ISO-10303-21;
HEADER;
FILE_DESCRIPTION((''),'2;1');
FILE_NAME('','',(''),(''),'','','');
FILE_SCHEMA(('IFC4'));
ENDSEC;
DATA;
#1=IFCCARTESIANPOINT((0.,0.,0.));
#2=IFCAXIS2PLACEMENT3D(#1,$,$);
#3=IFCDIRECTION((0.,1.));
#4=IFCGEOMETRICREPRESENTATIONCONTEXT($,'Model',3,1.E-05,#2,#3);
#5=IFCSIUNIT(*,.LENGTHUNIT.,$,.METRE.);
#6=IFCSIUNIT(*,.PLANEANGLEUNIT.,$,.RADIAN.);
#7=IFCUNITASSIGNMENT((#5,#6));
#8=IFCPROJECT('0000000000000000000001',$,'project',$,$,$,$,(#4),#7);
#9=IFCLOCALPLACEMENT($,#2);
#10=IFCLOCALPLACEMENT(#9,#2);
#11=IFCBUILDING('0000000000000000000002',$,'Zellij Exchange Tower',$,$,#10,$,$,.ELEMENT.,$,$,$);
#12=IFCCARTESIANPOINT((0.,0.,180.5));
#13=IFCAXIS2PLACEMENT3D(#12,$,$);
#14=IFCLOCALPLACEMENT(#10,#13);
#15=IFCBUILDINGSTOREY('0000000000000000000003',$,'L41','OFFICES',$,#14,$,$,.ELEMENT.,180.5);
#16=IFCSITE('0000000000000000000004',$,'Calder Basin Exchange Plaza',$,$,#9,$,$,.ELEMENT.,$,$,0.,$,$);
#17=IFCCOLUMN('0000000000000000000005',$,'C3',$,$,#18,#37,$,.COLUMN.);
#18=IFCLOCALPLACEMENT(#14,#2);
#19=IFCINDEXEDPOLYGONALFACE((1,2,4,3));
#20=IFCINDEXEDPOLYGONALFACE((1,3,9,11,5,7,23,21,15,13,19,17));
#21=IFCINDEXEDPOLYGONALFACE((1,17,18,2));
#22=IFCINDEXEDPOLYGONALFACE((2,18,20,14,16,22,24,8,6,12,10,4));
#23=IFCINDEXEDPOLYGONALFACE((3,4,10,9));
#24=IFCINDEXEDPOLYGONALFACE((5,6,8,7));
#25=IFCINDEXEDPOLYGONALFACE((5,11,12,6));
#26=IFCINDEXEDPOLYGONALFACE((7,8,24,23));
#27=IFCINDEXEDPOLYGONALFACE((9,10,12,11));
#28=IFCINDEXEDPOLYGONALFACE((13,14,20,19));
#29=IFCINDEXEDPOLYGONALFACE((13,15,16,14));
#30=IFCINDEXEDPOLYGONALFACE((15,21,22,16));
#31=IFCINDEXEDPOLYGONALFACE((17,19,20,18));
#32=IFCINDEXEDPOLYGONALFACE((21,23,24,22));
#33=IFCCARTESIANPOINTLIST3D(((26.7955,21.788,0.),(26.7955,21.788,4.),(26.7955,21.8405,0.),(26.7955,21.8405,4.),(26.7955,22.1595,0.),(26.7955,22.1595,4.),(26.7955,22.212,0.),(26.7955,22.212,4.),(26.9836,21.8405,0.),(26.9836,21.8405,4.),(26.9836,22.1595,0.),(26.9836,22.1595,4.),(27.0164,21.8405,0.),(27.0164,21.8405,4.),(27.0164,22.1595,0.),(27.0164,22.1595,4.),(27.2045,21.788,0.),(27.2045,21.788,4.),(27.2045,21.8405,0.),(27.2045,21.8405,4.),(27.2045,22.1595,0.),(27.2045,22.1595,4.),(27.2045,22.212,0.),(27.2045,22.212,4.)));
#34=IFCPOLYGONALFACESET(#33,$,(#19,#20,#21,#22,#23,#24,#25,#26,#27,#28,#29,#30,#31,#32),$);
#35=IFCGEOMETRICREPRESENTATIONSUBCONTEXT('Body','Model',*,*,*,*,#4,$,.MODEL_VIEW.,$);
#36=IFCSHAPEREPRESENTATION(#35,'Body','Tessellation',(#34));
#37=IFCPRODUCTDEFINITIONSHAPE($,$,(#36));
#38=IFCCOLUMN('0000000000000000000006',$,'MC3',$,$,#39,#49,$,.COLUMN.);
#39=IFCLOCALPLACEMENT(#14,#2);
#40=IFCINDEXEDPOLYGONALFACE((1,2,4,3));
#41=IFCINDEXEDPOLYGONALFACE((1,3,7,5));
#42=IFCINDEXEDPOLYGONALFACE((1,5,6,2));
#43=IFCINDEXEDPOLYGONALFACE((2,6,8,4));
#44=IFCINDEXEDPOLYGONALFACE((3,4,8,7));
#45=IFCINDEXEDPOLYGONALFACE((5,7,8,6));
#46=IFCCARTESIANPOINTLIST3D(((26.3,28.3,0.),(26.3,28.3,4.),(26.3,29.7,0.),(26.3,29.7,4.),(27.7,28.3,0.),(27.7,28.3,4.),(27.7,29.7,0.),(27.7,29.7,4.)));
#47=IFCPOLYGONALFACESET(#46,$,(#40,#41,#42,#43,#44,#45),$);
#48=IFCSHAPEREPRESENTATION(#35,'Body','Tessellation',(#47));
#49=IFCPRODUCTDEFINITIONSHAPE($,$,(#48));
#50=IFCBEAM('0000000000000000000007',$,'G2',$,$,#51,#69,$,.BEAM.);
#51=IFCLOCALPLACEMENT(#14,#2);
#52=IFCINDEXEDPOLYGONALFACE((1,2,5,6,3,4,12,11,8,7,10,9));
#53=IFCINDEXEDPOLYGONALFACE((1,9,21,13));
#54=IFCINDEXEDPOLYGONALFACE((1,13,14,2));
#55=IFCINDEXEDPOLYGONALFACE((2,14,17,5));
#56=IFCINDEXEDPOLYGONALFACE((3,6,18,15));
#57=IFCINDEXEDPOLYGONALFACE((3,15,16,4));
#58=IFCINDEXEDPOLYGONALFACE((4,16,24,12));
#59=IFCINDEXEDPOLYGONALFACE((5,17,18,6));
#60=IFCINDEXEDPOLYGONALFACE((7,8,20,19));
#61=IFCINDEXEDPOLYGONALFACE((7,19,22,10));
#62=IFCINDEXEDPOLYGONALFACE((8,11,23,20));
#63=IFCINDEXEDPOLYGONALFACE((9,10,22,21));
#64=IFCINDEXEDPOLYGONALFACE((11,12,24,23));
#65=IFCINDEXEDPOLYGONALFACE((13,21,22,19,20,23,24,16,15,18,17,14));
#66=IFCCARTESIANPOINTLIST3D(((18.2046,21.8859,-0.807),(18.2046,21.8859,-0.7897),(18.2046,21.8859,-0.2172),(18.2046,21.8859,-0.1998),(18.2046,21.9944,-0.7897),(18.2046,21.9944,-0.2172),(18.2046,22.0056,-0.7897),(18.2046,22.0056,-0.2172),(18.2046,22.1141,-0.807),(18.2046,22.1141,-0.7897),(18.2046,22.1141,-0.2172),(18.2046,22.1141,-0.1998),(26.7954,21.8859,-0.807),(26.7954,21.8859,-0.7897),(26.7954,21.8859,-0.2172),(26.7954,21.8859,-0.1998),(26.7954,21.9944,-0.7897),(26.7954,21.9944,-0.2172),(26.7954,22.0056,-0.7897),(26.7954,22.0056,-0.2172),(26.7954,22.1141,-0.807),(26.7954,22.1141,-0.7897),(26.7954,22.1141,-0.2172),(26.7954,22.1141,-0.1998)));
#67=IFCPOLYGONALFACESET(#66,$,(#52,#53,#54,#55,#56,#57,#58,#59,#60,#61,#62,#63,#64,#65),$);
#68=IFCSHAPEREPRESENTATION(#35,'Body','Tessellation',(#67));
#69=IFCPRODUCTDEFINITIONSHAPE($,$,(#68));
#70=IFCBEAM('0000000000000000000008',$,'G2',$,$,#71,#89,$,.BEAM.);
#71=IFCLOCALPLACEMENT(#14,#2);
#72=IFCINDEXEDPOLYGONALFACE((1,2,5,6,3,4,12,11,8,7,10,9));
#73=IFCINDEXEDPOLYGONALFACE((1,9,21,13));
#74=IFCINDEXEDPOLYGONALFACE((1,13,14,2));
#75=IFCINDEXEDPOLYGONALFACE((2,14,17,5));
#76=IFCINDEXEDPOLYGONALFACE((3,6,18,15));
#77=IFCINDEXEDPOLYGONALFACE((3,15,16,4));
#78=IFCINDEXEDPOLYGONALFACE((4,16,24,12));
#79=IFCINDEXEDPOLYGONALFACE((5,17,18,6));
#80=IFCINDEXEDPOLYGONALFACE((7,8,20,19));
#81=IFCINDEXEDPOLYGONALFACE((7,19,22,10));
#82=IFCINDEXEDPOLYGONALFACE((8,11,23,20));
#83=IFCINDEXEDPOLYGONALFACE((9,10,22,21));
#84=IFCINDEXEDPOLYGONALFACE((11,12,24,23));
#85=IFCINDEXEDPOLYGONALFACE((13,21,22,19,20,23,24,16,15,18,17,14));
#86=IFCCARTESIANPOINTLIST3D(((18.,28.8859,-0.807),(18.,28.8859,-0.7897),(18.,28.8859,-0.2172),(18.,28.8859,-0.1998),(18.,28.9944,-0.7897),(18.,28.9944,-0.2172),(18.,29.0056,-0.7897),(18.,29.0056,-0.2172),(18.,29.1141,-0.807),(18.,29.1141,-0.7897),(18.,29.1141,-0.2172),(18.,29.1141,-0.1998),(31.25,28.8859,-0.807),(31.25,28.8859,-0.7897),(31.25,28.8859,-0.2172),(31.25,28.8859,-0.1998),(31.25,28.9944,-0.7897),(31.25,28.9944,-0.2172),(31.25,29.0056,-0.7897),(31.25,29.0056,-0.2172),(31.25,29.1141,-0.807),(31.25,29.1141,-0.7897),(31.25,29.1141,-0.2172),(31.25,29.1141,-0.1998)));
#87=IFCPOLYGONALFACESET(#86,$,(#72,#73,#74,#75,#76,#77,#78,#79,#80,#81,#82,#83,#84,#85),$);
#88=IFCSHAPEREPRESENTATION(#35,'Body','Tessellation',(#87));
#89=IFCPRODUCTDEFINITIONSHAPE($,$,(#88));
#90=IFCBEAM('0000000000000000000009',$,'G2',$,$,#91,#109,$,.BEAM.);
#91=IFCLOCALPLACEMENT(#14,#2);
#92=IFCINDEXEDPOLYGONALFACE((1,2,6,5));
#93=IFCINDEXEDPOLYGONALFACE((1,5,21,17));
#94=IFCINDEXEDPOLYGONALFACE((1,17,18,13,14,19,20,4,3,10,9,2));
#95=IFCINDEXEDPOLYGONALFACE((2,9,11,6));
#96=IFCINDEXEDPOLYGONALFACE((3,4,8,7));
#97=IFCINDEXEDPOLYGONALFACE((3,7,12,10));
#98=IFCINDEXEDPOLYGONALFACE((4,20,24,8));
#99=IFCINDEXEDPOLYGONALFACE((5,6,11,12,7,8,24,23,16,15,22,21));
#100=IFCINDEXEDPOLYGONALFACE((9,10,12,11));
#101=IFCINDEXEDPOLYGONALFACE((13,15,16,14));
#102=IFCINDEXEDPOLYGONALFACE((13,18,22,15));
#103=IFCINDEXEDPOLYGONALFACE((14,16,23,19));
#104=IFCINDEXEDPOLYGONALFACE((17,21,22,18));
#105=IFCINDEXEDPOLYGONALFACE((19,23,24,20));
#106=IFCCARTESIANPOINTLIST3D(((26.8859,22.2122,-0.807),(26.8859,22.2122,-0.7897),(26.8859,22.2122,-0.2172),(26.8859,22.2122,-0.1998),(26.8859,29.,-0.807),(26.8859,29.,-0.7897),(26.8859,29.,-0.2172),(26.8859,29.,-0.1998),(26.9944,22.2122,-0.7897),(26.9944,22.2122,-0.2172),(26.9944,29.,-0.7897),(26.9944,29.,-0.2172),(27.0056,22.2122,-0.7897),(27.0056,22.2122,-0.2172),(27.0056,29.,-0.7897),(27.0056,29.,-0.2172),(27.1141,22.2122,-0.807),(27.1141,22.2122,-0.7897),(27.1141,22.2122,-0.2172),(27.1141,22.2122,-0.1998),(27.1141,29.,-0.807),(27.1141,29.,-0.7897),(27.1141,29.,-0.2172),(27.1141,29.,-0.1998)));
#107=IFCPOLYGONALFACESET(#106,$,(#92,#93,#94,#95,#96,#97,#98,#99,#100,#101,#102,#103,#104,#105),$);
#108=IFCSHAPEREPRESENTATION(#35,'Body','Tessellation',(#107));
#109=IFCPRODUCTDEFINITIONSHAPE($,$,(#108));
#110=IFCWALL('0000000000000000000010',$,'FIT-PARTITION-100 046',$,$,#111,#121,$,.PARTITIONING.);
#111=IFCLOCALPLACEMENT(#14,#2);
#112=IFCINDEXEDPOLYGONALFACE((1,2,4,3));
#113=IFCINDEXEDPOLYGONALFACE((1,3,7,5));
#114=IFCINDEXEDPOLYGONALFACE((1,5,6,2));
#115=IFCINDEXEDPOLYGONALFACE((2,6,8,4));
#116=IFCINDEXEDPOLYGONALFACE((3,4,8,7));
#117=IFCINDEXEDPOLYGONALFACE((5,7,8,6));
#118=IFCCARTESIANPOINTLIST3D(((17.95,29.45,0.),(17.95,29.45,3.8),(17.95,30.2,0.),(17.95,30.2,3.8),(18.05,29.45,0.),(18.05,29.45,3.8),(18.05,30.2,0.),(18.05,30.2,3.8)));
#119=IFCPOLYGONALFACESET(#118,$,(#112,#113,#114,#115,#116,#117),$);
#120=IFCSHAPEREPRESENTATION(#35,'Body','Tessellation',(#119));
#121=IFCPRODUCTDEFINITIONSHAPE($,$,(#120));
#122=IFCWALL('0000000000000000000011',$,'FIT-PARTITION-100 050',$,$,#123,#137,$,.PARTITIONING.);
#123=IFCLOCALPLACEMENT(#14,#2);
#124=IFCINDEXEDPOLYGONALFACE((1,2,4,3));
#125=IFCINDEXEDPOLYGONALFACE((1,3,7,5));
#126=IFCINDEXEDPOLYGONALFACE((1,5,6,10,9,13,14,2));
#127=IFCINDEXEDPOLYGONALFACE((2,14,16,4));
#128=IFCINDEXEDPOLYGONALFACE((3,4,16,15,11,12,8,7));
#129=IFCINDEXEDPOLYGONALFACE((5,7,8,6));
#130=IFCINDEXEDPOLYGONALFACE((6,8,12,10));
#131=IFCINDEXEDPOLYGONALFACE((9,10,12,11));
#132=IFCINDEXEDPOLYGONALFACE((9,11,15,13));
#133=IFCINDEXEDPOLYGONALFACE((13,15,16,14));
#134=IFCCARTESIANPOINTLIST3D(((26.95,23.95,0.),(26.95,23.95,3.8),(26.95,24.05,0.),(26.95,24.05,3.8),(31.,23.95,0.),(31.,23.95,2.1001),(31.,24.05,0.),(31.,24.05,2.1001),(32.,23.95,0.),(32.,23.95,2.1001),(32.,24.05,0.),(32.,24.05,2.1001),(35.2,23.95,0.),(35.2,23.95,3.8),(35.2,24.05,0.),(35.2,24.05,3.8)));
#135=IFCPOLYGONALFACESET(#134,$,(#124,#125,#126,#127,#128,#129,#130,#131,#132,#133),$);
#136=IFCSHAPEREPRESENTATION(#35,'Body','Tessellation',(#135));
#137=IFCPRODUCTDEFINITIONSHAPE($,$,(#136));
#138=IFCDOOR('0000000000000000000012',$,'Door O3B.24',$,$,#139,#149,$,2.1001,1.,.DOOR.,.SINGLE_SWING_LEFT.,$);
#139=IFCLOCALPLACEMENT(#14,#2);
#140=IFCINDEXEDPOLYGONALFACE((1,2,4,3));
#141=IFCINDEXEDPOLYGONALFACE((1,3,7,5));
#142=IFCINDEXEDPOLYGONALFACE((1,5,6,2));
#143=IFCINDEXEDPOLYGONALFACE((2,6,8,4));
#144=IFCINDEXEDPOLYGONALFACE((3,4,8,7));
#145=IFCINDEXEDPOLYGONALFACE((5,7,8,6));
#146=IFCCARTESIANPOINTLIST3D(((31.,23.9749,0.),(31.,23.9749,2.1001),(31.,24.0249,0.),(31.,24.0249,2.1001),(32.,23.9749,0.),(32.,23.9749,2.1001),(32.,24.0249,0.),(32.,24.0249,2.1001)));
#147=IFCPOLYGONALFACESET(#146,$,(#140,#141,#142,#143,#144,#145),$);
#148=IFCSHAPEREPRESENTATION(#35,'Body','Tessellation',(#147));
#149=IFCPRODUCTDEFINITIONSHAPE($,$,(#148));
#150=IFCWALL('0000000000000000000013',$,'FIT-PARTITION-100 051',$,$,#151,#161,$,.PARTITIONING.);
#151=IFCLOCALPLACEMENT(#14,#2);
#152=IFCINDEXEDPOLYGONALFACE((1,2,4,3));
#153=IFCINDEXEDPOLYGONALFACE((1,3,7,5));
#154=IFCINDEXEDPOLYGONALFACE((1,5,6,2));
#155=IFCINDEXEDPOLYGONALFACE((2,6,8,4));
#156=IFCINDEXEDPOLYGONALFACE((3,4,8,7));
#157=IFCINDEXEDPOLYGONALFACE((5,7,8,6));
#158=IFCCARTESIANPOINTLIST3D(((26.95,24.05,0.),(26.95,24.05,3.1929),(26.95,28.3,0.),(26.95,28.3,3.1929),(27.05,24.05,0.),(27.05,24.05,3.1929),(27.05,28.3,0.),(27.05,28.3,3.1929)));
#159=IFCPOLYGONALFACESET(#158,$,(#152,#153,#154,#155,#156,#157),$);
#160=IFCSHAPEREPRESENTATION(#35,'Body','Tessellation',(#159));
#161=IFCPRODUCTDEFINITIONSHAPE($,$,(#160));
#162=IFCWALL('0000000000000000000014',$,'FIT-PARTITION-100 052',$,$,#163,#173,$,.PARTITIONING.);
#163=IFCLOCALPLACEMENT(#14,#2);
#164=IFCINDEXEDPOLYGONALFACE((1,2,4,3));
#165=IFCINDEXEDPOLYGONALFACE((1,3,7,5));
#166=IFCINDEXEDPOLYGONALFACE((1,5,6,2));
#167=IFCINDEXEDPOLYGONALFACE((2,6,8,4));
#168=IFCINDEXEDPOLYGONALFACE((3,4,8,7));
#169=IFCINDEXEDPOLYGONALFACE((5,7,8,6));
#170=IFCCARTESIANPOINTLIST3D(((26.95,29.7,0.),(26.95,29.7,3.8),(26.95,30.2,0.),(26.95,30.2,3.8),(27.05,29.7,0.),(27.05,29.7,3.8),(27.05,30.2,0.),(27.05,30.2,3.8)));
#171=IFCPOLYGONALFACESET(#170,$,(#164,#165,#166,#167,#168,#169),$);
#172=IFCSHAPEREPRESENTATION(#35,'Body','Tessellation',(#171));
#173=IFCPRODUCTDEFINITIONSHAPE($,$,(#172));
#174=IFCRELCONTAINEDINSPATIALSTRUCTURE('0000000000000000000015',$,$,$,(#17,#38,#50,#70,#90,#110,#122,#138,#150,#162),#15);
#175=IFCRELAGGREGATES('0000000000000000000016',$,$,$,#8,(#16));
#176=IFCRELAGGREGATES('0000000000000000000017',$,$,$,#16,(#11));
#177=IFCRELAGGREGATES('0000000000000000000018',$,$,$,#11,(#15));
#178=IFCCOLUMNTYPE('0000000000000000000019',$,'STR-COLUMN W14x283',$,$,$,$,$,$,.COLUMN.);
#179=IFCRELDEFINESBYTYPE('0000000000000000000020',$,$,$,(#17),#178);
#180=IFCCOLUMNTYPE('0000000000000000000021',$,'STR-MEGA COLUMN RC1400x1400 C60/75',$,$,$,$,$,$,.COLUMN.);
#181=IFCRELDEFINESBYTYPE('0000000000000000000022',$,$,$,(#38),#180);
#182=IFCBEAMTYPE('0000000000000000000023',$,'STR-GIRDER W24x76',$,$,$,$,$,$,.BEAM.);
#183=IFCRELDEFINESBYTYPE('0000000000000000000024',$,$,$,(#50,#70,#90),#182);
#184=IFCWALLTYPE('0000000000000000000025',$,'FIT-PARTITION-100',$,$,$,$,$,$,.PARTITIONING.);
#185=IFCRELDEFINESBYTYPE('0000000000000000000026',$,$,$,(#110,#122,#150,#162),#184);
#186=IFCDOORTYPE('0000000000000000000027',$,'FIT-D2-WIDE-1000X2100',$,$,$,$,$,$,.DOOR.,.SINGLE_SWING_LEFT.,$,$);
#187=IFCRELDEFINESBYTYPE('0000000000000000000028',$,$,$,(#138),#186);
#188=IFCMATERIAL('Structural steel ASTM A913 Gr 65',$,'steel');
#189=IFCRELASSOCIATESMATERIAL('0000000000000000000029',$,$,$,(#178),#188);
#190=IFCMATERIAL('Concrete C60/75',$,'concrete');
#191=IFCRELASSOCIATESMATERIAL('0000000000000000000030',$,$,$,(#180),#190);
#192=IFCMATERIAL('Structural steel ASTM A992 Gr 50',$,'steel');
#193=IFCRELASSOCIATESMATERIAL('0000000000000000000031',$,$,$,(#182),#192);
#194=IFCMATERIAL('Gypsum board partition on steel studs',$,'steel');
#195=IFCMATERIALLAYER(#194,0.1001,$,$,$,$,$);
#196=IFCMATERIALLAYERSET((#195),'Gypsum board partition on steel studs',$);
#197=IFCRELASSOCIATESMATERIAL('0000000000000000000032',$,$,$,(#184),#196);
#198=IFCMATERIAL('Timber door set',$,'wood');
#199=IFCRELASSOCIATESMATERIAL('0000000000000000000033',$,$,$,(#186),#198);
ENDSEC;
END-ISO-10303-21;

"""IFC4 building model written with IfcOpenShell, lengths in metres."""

from ifc_helpers import new_model, si_unit, direction, frame, frame_2d, origin, origin_2d, place, context, subcontext, project, spatial, rectangle, i_section, extrude, material, layer, layer_set, material_profile, profile_set, type_object, element, fill, save


model = new_model("IFC4")

# Units and contexts
model_context = context("Model", 3, precision=1e-05, world=origin(), true_north=direction((0.0, 1.0)))
body_context = subcontext(model_context, "Body", "Model", "MODEL_VIEW")
ifc_project = project(units=[si_unit("LENGTHUNIT", "METRE"), si_unit("PLANEANGLEUNIT", "RADIAN")], contexts=[model_context])

# Site, building, storey
site_placement = place(None, origin())
site = spatial("IfcSite", under=ifc_project, at=site_placement, Name="Calder Basin Exchange Plaza", CompositionType="ELEMENT", RefElevation=0.0)
building_placement = place(site_placement, origin())
building = spatial("IfcBuilding", under=site, at=building_placement, Name="Zellij Exchange Tower", CompositionType="ELEMENT")
storey_placement = place(building_placement, frame((0.0, 0.0, 180.5)))
storey = spatial("IfcBuildingStorey", under=building, at=storey_placement, Name="L41", Description="OFFICES", CompositionType="ELEMENT", Elevation=180.5)

# Columns
ifc_material_1 = material(Name="Structural steel ASTM A913 Gr 65", Category="steel")
ifc_material_profile_1 = material_profile(ifc_material_1, i_section(OverallWidth=0.4089, OverallDepth=0.4241, WebThickness=0.0327, FlangeThickness=0.0525, at=origin_2d()), Name="W14x283")
ifc_profile_set_1 = profile_set([ifc_material_profile_1], Name="Structural steel ASTM A913 Gr 65")
column_type_1 = type_object("IfcColumnType", Name="STR-COLUMN W14x283", PredefinedType="COLUMN", material=ifc_profile_set_1)
column_1_placement = place(storey_placement, frame((27.0, 22.0, 0.0), z_axis=(0.0, 0.0, 1.0), x_axis=(1.0, 0.0, 0.0)))
element("IfcColumn", 1, at=column_1_placement, inside=storey, type_object=column_type_1, Name="C3", PredefinedType="COLUMN", context=body_context, shape_type="SweptSolid", body=[
    extrude(i_section(OverallWidth=0.4089, OverallDepth=0.4241, WebThickness=0.0327, FlangeThickness=0.0525, at=origin_2d()), origin(), (0.0, 0.0, 1.0), 4.0),
])
ifc_material_2 = material(Name="Concrete C60/75", Category="concrete")
ifc_material_profile_2 = material_profile(ifc_material_2, rectangle(XDim=1.3999, YDim=1.3999, at=origin_2d()), Name="STR-MEGA COLUMN RC1400x1400 C60/75")
ifc_profile_set_2 = profile_set([ifc_material_profile_2], Name="Concrete C60/75")
column_type_2 = type_object("IfcColumnType", Name="STR-MEGA COLUMN RC1400x1400 C60/75", PredefinedType="COLUMN", material=ifc_profile_set_2)
column_2_placement = place(storey_placement, frame((27.0, 29.0, 0.0), z_axis=(0.0, 0.0, 1.0), x_axis=(1.0, 0.0, 0.0)))
element("IfcColumn", 2, at=column_2_placement, inside=storey, type_object=column_type_2, Name="MC3", PredefinedType="COLUMN", context=body_context, shape_type="SweptSolid", body=[
    extrude(rectangle(XDim=1.3999, YDim=1.3999, at=origin_2d()), origin(), (0.0, 0.0, 1.0), 4.0),
])

# Beams
ifc_material_3 = material(Name="Structural steel ASTM A992 Gr 50", Category="steel")
ifc_material_profile_3 = material_profile(ifc_material_3, i_section(OverallWidth=0.2283, OverallDepth=0.6072, WebThickness=0.0112, FlangeThickness=0.0173, at=origin_2d()), Name="W24x76")
ifc_profile_set_3 = profile_set([ifc_material_profile_3], Name="Structural steel ASTM A992 Gr 50")
beam_type = type_object("IfcBeamType", Name="STR-GIRDER W24x76", PredefinedType="BEAM", material=ifc_profile_set_3)
beam_1_placement = place(storey_placement, frame((18.2046, 22.0, -0.5034), z_axis=(1.0, 0.0, 0.0), x_axis=(0.0, 1.0, 0.0)))
element("IfcBeam", 3, at=beam_1_placement, inside=storey, type_object=beam_type, Name="G2", PredefinedType="BEAM", context=body_context, shape_type="SweptSolid", body=[
    extrude(i_section(OverallWidth=0.2283, OverallDepth=0.6072, WebThickness=0.0112, FlangeThickness=0.0173, at=origin_2d()), origin(), (0.0, 0.0, 1.0), 8.5908),
])
beam_2_placement = place(storey_placement, frame((18.0, 29.0, -0.5034), z_axis=(1.0, 0.0, 0.0), x_axis=(0.0, 1.0, 0.0)))
element("IfcBeam", 4, at=beam_2_placement, inside=storey, type_object=beam_type, Name="G2", PredefinedType="BEAM", context=body_context, shape_type="SweptSolid", body=[
    extrude(i_section(OverallWidth=0.2283, OverallDepth=0.6072, WebThickness=0.0112, FlangeThickness=0.0173, at=origin_2d()), origin(), (0.0, 0.0, 1.0), 13.25),
])
beam_3_placement = place(storey_placement, frame((27.0, 22.2122, -0.5034), z_axis=(0.0, 1.0, 0.0), x_axis=(-1.0, 0.0, 0.0)))
element("IfcBeam", 5, at=beam_3_placement, inside=storey, type_object=beam_type, Name="G2", PredefinedType="BEAM", context=body_context, shape_type="SweptSolid", body=[
    extrude(i_section(OverallWidth=0.2283, OverallDepth=0.6072, WebThickness=0.0112, FlangeThickness=0.0173, at=origin_2d()), origin(), (0.0, 0.0, 1.0), 6.7878),
])

# Wall
ifc_material_4 = material(Name="Gypsum board partition on steel studs", Category="steel")
ifc_layer_1 = layer(ifc_material_4, 0.1001)
ifc_layer_set_1 = layer_set([ifc_layer_1], Name="Gypsum board partition on steel studs")
wall_type = type_object("IfcWallType", Name="FIT-PARTITION-100", PredefinedType="PARTITIONING", material=ifc_layer_set_1)
wall_1_placement = place(storey_placement, frame((18.0, 29.45, 0.0), z_axis=(0.0, 0.0, 1.0), x_axis=(0.0, 1.0, 0.0)))
element("IfcWall", 6, at=wall_1_placement, inside=storey, type_object=wall_type, Name="FIT-PARTITION-100 046", PredefinedType="PARTITIONING", context=body_context, shape_type="SweptSolid", body=[
    extrude(rectangle(XDim=0.75, YDim=0.1001, at=frame_2d((0.375, 0.0))), origin(), (0.0, 0.0, 1.0), 3.8),
])

# Wall, opening, door
wall_2_placement = place(storey_placement, frame((26.95, 24.0, 0.0), z_axis=(0.0, 0.0, 1.0), x_axis=(1.0, 0.0, 0.0)))
wall_2 = element("IfcWall", 7, at=wall_2_placement, inside=storey, type_object=wall_type, Name="FIT-PARTITION-100 050", PredefinedType="PARTITIONING", context=body_context, shape_type="SweptSolid", body=[
    extrude(rectangle(XDim=8.25, YDim=0.1001, at=frame_2d((4.125, 0.0))), origin(), (0.0, 0.0, 1.0), 3.8),
])
opening_placement = place(wall_2_placement, frame((4.05, 0.0, 0.0)))
opening = element("IfcOpeningElement", 8, at=opening_placement, cuts=wall_2, PredefinedType="OPENING", context=body_context, shape_type="SweptSolid", body=[
    extrude(rectangle(XDim=1.0, YDim=2.1001, at=frame_2d((0.5, 1.05))), frame((0.0, 0.062, 0.0), z_axis=(0.0, -1.0, 0.0), x_axis=(1.0, 0.0, 0.0)), (0.0, 0.0, 1.0), 0.124),
])
ifc_material_5 = material(Name="Timber door set", Category="wood")
door_type = type_object("IfcDoorType", Name="FIT-D2-WIDE-1000X2100", OperationType="SINGLE_SWING_LEFT", PredefinedType="DOOR", material=ifc_material_5)
door_placement = place(opening_placement, origin())
door = element("IfcDoor", 9, at=door_placement, inside=storey, type_object=door_type, Name="Door O3B.24", OperationType="SINGLE_SWING_LEFT", OverallHeight=2.1001, OverallWidth=1.0, PredefinedType="DOOR", context=body_context, shape_type="SweptSolid", body=[
    extrude(rectangle(XDim=1.0, YDim=2.1001, at=frame_2d((0.5, 1.05))), frame((0.0, 0.0249, 0.0), z_axis=(0.0, -1.0, 0.0), x_axis=(1.0, 0.0, 0.0)), (0.0, 0.0, 1.0), 0.05),
])
fill(opening, door)

# Walls
wall_3_placement = place(storey_placement, frame((27.0, 24.05, 0.0), z_axis=(0.0, 0.0, 1.0), x_axis=(0.0, 1.0, 0.0)))
element("IfcWall", 10, at=wall_3_placement, inside=storey, type_object=wall_type, Name="FIT-PARTITION-100 051", PredefinedType="PARTITIONING", context=body_context, shape_type="SweptSolid", body=[
    extrude(rectangle(XDim=4.25, YDim=0.1001, at=frame_2d((2.125, 0.0))), origin(), (0.0, 0.0, 1.0), 3.1929),
])
wall_4_placement = place(storey_placement, frame((27.0, 29.7, 0.0), z_axis=(0.0, 0.0, 1.0), x_axis=(0.0, 1.0, 0.0)))
element("IfcWall", 11, at=wall_4_placement, inside=storey, type_object=wall_type, Name="FIT-PARTITION-100 052", PredefinedType="PARTITIONING", context=body_context, shape_type="SweptSolid", body=[
    extrude(rectangle(XDim=0.5, YDim=0.1001, at=frame_2d((0.25, 0.0))), origin(), (0.0, 0.0, 1.0), 3.8),
])

save(model, "model.ifc")
